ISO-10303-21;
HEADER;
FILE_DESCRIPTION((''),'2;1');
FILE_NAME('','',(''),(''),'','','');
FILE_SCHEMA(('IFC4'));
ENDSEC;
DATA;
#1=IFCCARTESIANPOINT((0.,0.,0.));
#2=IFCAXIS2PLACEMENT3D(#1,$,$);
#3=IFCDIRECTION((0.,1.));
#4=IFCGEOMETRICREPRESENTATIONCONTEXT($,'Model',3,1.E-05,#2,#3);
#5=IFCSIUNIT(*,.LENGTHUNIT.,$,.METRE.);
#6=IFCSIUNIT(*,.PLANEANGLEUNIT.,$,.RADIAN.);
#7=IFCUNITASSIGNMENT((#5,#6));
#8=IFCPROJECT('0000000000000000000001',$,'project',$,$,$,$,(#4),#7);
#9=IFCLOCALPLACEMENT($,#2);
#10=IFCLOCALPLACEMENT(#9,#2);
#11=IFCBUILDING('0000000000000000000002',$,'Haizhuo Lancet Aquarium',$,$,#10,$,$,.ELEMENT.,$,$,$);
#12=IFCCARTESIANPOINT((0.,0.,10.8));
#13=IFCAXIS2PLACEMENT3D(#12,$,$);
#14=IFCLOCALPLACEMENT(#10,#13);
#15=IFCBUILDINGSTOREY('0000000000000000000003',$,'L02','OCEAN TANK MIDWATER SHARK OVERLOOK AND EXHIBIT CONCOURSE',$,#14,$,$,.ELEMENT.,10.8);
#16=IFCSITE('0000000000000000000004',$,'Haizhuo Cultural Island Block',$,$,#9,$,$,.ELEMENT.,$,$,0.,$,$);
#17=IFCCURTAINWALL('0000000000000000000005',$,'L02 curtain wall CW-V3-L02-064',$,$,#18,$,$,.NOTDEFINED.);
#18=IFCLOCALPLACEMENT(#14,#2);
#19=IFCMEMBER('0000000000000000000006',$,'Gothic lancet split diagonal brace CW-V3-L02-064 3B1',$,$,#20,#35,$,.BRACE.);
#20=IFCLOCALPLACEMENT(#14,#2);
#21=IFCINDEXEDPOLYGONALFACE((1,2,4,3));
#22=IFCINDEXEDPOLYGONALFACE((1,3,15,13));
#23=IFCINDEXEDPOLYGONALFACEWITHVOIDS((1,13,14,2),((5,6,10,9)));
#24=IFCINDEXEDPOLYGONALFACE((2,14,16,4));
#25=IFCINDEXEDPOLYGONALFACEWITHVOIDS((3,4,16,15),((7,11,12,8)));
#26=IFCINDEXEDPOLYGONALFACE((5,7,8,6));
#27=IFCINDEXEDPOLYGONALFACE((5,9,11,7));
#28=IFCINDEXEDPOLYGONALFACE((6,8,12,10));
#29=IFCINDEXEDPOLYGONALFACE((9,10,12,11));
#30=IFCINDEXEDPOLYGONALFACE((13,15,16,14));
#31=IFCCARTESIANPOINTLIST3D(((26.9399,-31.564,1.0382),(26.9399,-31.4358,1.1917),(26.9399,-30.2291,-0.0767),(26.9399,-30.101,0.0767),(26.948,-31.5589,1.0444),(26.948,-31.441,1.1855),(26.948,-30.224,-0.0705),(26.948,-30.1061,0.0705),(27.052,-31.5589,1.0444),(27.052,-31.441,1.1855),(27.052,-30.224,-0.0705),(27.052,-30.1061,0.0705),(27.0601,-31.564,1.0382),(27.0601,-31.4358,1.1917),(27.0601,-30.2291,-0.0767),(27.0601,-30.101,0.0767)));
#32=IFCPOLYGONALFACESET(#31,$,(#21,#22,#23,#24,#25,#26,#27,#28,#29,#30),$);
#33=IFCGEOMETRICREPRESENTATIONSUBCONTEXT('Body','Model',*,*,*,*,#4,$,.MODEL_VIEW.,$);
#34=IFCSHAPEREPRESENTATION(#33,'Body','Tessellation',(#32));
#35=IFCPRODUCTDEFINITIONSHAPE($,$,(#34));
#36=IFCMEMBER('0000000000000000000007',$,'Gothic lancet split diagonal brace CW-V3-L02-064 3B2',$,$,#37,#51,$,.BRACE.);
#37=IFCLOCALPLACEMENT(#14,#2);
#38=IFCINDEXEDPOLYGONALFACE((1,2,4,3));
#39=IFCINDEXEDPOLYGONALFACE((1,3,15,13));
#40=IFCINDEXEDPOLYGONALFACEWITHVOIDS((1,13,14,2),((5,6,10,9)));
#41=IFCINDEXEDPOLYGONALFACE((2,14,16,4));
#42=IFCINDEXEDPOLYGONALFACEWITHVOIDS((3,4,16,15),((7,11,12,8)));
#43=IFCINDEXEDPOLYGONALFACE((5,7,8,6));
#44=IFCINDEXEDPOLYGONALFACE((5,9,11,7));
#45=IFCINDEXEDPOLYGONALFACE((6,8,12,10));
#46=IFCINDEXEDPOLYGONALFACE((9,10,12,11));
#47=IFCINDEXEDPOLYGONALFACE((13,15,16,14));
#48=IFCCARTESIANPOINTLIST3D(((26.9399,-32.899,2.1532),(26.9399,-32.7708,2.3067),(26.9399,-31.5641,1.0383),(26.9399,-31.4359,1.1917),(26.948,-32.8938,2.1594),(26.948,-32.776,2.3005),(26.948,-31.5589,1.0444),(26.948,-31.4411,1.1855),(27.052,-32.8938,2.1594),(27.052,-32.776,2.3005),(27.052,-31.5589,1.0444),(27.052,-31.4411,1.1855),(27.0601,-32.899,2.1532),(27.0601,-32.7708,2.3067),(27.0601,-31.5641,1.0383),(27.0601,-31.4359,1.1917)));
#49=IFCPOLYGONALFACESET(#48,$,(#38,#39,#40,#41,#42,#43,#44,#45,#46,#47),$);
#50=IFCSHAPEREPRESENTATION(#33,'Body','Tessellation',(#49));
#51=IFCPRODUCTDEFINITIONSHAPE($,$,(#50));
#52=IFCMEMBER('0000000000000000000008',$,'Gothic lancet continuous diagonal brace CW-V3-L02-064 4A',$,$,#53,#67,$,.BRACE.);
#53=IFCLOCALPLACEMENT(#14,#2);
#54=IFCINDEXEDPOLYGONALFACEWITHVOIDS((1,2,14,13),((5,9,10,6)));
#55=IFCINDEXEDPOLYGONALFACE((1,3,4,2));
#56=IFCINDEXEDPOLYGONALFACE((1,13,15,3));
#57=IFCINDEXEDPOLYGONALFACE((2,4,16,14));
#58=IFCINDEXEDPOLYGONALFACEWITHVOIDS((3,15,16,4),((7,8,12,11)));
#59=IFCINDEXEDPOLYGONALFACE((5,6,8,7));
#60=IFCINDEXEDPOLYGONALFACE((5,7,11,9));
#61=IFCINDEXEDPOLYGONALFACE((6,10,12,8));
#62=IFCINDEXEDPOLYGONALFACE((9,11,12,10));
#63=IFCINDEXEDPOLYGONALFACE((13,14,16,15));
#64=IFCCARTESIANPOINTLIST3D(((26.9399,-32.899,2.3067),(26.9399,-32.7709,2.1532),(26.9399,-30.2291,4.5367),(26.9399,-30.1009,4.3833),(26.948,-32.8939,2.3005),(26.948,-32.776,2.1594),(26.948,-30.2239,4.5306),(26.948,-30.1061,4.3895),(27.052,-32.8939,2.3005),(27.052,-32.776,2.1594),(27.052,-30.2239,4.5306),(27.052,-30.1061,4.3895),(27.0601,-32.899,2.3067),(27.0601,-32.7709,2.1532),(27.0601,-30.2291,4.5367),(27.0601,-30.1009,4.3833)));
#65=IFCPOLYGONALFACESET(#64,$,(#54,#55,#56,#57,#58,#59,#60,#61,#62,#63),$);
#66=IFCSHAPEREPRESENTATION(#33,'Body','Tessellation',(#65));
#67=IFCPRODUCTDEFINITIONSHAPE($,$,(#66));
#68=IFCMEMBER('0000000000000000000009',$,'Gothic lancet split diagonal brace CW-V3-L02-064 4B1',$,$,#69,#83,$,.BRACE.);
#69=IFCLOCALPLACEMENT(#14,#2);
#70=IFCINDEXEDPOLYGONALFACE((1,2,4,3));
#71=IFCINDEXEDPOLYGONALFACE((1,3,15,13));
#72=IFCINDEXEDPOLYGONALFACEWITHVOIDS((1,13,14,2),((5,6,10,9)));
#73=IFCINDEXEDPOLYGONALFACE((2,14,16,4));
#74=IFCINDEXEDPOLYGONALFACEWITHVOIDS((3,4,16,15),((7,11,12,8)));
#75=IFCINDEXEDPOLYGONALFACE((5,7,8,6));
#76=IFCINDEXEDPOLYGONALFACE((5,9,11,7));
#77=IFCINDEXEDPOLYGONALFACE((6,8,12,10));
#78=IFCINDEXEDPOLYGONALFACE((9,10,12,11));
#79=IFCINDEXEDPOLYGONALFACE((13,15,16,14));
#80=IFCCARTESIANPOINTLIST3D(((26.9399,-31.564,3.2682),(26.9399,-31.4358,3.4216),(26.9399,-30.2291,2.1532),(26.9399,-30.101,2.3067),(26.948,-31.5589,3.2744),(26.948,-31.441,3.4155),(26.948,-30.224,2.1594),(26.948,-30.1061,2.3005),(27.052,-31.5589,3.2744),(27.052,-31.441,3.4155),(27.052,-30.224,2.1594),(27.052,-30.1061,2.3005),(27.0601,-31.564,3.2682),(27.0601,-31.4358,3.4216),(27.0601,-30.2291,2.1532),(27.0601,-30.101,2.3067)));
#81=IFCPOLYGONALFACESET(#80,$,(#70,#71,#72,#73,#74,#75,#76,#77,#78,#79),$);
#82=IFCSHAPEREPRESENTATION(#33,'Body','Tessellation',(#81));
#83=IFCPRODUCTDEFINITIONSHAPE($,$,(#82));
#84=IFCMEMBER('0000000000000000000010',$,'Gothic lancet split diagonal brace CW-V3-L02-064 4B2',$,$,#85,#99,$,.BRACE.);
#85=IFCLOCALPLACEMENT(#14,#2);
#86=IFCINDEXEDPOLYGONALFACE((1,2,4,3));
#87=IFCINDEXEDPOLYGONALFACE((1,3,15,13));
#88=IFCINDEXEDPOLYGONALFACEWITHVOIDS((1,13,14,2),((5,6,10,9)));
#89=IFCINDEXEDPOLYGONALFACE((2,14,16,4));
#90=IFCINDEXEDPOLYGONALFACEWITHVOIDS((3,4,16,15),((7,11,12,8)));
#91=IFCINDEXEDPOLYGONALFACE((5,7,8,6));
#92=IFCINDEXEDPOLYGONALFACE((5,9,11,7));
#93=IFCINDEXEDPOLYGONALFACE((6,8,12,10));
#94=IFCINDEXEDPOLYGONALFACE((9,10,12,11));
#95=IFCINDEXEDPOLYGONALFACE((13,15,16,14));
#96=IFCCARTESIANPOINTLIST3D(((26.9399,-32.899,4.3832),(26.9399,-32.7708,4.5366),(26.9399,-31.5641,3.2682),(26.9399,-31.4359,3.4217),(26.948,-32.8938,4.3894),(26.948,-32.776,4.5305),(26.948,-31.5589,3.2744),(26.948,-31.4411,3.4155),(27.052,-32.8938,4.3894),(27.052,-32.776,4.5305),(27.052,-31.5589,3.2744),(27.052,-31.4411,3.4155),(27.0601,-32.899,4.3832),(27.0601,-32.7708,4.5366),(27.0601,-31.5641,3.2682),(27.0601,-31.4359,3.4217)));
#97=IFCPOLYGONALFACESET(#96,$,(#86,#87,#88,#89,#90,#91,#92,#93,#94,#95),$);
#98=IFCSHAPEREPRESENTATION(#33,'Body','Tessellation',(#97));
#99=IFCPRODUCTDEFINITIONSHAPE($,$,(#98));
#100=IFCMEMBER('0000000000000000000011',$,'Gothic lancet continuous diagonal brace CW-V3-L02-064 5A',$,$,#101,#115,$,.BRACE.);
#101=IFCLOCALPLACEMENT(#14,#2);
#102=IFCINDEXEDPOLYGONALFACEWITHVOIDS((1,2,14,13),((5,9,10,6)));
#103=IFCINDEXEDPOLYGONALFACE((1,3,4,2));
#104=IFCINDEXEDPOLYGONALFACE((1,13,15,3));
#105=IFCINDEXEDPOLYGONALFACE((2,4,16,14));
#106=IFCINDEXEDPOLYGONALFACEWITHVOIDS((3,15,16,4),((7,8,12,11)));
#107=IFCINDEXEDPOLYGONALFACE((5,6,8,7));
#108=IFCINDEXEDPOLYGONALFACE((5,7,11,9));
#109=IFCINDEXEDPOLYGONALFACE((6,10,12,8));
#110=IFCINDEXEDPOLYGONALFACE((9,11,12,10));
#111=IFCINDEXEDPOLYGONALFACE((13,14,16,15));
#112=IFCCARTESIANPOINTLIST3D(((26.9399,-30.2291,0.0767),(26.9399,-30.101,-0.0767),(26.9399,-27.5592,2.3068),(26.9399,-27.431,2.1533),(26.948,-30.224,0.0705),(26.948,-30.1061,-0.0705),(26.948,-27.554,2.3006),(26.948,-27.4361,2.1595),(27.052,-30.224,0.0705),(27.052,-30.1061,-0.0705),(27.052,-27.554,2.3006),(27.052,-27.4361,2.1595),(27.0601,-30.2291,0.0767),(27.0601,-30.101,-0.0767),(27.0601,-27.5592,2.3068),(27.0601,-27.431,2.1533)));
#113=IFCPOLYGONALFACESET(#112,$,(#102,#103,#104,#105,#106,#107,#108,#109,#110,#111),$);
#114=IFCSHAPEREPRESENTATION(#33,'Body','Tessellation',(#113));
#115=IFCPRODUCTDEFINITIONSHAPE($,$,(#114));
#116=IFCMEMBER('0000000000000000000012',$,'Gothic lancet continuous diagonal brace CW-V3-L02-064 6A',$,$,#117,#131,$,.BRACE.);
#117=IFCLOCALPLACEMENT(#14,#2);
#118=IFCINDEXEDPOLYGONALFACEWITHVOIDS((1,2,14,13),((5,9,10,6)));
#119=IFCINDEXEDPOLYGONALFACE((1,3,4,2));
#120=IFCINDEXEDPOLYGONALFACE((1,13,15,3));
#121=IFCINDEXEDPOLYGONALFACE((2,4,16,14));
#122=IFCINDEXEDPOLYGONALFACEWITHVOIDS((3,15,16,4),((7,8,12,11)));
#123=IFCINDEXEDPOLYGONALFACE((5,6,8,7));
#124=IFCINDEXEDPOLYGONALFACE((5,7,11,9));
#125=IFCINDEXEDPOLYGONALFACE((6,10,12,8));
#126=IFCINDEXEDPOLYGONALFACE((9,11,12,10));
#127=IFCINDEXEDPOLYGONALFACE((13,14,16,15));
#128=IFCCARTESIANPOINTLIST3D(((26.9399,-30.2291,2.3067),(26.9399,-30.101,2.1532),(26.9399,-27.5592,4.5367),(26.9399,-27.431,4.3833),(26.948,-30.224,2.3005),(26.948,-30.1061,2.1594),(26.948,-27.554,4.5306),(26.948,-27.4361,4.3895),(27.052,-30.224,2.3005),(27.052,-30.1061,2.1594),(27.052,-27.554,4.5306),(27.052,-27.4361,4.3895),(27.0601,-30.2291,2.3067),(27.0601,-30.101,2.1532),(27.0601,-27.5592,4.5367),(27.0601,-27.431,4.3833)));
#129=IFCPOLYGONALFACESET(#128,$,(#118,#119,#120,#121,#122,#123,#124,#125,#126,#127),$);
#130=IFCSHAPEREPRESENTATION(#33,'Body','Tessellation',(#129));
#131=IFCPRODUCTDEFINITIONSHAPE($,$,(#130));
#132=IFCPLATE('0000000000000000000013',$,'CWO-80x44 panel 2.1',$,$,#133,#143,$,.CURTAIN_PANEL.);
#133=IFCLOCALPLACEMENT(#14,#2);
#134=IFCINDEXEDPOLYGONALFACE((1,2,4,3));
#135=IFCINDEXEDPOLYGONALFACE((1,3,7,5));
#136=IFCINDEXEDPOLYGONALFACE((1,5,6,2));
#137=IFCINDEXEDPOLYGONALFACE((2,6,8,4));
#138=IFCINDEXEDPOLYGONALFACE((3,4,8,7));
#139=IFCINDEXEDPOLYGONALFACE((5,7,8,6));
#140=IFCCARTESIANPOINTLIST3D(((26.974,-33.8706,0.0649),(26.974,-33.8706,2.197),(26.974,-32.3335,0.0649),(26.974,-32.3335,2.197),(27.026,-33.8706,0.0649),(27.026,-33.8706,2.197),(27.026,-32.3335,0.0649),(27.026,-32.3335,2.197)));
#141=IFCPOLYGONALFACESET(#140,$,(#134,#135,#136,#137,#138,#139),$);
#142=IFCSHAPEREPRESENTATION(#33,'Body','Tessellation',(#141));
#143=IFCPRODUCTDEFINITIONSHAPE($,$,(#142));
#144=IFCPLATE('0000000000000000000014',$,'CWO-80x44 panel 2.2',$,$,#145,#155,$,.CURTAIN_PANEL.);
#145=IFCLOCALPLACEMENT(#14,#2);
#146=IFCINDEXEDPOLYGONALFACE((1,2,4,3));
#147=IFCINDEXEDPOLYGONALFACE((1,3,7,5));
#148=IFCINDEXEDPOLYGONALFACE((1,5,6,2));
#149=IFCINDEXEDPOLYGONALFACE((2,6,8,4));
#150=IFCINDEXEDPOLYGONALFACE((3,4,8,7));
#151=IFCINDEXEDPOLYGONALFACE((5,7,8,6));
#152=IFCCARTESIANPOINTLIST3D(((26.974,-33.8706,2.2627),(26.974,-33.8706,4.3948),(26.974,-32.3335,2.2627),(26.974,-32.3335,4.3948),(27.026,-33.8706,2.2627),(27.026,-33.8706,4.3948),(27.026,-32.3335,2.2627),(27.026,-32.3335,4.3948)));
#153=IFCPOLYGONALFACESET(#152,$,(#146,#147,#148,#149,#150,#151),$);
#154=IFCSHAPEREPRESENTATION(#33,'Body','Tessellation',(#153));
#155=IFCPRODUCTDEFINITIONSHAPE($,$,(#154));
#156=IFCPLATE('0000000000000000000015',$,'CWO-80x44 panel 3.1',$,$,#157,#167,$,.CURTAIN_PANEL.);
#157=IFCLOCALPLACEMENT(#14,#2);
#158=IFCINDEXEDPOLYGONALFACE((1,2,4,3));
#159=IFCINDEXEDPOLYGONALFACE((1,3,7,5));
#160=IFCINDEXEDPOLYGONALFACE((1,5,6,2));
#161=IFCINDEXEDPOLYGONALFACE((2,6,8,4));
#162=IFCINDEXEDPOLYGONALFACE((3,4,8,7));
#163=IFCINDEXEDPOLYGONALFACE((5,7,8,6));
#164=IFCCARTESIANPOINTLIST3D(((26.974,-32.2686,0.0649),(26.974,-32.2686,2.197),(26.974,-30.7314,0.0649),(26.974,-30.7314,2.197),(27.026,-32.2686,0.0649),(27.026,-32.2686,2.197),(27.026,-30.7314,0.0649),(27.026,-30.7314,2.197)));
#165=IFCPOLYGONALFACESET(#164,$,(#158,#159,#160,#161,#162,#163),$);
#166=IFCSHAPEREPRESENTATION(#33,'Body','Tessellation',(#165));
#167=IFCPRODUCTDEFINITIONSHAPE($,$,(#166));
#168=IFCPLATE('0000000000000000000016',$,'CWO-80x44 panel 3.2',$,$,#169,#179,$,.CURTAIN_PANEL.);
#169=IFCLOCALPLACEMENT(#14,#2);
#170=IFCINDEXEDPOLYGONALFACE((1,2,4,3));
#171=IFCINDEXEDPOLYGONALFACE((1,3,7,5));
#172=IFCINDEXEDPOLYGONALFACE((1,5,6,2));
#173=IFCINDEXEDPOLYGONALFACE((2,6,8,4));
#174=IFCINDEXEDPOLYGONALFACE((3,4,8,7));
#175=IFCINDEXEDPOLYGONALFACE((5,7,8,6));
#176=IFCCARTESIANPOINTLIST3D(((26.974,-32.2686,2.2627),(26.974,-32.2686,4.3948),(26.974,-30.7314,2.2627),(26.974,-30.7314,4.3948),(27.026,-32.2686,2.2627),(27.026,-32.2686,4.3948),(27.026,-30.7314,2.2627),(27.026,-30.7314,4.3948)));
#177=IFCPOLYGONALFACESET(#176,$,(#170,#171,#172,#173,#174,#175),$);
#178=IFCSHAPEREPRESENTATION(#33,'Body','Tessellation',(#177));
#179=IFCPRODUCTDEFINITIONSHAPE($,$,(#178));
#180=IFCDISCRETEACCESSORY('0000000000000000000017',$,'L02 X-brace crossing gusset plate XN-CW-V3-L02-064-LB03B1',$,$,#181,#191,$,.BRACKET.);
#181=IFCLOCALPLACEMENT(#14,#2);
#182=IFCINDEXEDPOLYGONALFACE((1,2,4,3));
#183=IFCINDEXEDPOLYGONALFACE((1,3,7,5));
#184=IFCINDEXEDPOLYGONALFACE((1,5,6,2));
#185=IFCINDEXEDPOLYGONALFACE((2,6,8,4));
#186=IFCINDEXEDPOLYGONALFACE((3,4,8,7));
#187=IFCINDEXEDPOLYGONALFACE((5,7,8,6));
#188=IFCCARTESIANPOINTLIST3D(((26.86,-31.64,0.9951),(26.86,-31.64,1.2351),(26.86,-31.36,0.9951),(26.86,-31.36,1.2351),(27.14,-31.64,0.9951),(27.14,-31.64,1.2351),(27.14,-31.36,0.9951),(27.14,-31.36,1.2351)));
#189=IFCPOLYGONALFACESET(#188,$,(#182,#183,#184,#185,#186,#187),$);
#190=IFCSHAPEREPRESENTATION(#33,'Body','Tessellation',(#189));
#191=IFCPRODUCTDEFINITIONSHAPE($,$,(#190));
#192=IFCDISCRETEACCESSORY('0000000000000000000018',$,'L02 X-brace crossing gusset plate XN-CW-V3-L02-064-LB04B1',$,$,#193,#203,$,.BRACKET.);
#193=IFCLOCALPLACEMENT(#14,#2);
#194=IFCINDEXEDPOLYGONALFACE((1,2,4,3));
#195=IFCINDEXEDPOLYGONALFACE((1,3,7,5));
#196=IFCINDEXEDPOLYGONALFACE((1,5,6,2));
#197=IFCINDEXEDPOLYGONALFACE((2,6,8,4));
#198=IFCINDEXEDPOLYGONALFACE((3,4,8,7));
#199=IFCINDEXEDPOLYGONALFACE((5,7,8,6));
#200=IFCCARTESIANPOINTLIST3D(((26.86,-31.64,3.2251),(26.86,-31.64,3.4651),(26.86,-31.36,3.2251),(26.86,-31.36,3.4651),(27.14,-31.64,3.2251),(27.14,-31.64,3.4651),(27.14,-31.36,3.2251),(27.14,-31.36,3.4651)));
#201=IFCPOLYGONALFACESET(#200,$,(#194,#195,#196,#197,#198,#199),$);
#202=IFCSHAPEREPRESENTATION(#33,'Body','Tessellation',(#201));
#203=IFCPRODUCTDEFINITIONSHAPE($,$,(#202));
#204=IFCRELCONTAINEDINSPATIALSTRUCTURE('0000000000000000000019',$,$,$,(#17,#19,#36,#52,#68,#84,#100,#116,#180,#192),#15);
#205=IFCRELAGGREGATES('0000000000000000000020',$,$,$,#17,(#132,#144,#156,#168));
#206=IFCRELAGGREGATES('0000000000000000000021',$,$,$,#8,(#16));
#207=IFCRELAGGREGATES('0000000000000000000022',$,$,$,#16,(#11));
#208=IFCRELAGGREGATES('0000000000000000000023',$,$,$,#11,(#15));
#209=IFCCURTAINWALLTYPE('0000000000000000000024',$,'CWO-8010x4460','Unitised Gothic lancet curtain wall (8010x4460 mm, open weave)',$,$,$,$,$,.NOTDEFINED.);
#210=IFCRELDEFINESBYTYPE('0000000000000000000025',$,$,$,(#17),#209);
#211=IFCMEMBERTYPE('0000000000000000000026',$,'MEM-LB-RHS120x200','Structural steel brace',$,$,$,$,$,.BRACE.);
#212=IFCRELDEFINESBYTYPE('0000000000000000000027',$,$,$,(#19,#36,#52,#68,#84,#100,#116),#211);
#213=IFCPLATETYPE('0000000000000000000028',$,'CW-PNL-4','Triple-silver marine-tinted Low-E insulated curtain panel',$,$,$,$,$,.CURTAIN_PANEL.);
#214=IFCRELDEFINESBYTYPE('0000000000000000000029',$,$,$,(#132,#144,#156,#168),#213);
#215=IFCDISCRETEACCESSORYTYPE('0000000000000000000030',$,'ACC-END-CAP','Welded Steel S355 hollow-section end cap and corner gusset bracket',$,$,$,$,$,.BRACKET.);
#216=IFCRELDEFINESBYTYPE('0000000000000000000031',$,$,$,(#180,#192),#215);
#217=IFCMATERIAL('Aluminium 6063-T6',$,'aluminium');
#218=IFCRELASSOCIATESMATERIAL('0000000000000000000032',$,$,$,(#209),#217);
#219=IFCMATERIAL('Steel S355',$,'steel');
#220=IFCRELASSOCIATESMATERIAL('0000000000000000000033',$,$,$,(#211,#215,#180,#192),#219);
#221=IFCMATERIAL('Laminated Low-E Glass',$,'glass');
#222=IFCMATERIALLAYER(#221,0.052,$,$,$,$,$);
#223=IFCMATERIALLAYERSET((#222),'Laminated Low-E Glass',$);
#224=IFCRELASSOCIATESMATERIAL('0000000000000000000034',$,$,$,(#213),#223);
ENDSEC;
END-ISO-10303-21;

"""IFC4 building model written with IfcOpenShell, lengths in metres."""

from ifc_helpers import new_model, si_unit, direction, frame, origin, origin_2d, place, context, subcontext, project, spatial, rectangle, hollow_rectangle, extrude, material, layer, layer_set, material_profile, profile_set, type_object, element, aggregate, save


model = new_model("IFC4")

# Units and contexts
model_context = context("Model", 3, precision=1e-05, world=origin(), true_north=direction((0.0, 1.0)))
body_context = subcontext(model_context, "Body", "Model", "MODEL_VIEW")
ifc_project = project(units=[si_unit("LENGTHUNIT", "METRE"), si_unit("PLANEANGLEUNIT", "RADIAN")], contexts=[model_context])

# Site, building, storey
site_placement = place(None, origin())
site = spatial("IfcSite", under=ifc_project, at=site_placement, Name="Haizhuo Cultural Island Block", CompositionType="ELEMENT", RefElevation=0.0)
building_placement = place(site_placement, origin())
building = spatial("IfcBuilding", under=site, at=building_placement, Name="Haizhuo Lancet Aquarium", CompositionType="ELEMENT")
storey_placement = place(building_placement, frame((0.0, 0.0, 10.8)))
storey = spatial("IfcBuildingStorey", under=building, at=storey_placement, Name="L02", Description="OCEAN TANK MIDWATER SHARK OVERLOOK AND EXHIBIT CONCOURSE", CompositionType="ELEMENT", Elevation=10.8)

# Curtain wall
ifc_material_1 = material(Name="Aluminium 6063-T6", Category="aluminium")
curtain_wall_type = type_object("IfcCurtainWallType", Name="CWO-8010x4460", Description="Unitised Gothic lancet curtain wall (8010x4460 mm, open weave)", PredefinedType="NOTDEFINED", material=ifc_material_1)
curtain_wall_placement = place(storey_placement, origin())
curtain_wall = element("IfcCurtainWall", 1, at=curtain_wall_placement, inside=storey, type_object=curtain_wall_type, Name="L02 curtain wall CW-V3-L02-064", PredefinedType="NOTDEFINED")

# Members
ifc_material_2 = material(Name="Steel S355", Category="steel")
ifc_material_profile_1 = material_profile(ifc_material_2, hollow_rectangle(XDim=0.1201, YDim=0.2, WallThickness=0.0081, at=origin_2d()), Name="RHS 120x200x8")
ifc_profile_set_1 = profile_set([ifc_material_profile_1], Name="Steel S355")
member_type_1 = type_object("IfcMemberType", Name="MEM-LB-RHS120x200", Description="Structural steel brace", PredefinedType="BRACE", material=ifc_profile_set_1)
for number, where, z_axis, x_axis, name in (
    (2, (27.0, -30.165, 0.0), (0.0, -0.767507, 0.64104), (1.0, 0.0, 0.0), "Gothic lancet split diagonal brace CW-V3-L02-064 3B1"),
    (3, (27.0, -31.5, 1.115), (0.0, -0.767507, 0.64104), (1.0, 0.0, 0.0), "Gothic lancet split diagonal brace CW-V3-L02-064 3B2"),
):
    element("IfcMember", number, at=place(storey_placement, frame(where, z_axis=z_axis, x_axis=x_axis)), inside=storey, type_object=member_type_1, Name=name, PredefinedType="BRACE", context=body_context, shape_type="SweptSolid", body=[
        extrude(hollow_rectangle(XDim=0.1201, YDim=0.2, WallThickness=0.0081, at=origin_2d()), origin(), (0.0, 0.0, 1.0), 1.7393),
    ])
member_1_placement = place(storey_placement, frame((27.0, -32.835, 2.23), z_axis=(0.0, 0.767507, 0.64104), x_axis=(-1.0, 0.0, 0.0)))
element("IfcMember", 4, at=member_1_placement, inside=storey, type_object=member_type_1, Name="Gothic lancet continuous diagonal brace CW-V3-L02-064 4A", PredefinedType="BRACE", context=body_context, shape_type="SweptSolid", body=[
    extrude(hollow_rectangle(XDim=0.1201, YDim=0.2, WallThickness=0.0081, at=origin_2d()), origin(), (0.0, 0.0, 1.0), 3.4788),
])
for number, where, z_axis, x_axis, name in (
    (5, (27.0, -30.165, 2.23), (0.0, -0.767507, 0.64104), (1.0, 0.0, 0.0), "Gothic lancet split diagonal brace CW-V3-L02-064 4B1"),
    (6, (27.0, -31.5, 3.345), (0.0, -0.767507, 0.64104), (1.0, 0.0, 0.0), "Gothic lancet split diagonal brace CW-V3-L02-064 4B2"),
):
    element("IfcMember", number, at=place(storey_placement, frame(where, z_axis=z_axis, x_axis=x_axis)), inside=storey, type_object=member_type_1, Name=name, PredefinedType="BRACE", context=body_context, shape_type="SweptSolid", body=[
        extrude(hollow_rectangle(XDim=0.1201, YDim=0.2, WallThickness=0.0081, at=origin_2d()), origin(), (0.0, 0.0, 1.0), 1.7393),
    ])
for number, where, z_axis, x_axis, name in (
    (7, (27.0, -30.165, 0.0), (0.0, 0.767507, 0.64104), (-1.0, 0.0, 0.0), "Gothic lancet continuous diagonal brace CW-V3-L02-064 5A"),
    (8, (27.0, -30.165, 2.23), (0.0, 0.767507, 0.64104), (-1.0, 0.0, 0.0), "Gothic lancet continuous diagonal brace CW-V3-L02-064 6A"),
):
    element("IfcMember", number, at=place(storey_placement, frame(where, z_axis=z_axis, x_axis=x_axis)), inside=storey, type_object=member_type_1, Name=name, PredefinedType="BRACE", context=body_context, shape_type="SweptSolid", body=[
        extrude(hollow_rectangle(XDim=0.1201, YDim=0.2, WallThickness=0.0081, at=origin_2d()), origin(), (0.0, 0.0, 1.0), 3.4788),
    ])

# Plates
ifc_material_3 = material(Name="Laminated Low-E Glass", Category="glass")
ifc_layer = layer(ifc_material_3, 0.052)
ifc_layer_set = layer_set([ifc_layer], Name="Laminated Low-E Glass")
plate_type = type_object("IfcPlateType", Name="CW-PNL-4", Description="Triple-silver marine-tinted Low-E insulated curtain panel", PredefinedType="CURTAIN_PANEL", material=ifc_layer_set)
plate_1_placement = place(storey_placement, frame((27.0, -33.1021, 0.0649), z_axis=(0.0, 0.0, 1.0), x_axis=(0.0, 1.0, 0.0)))
plate_1 = element("IfcPlate", 9, at=plate_1_placement, type_object=plate_type, Name="CWO-80x44 panel 2.1", PredefinedType="CURTAIN_PANEL", context=body_context, shape_type="SweptSolid", body=[
    extrude(rectangle(XDim=1.5371, YDim=0.052, at=origin_2d()), origin(), (0.0, 0.0, 1.0), 2.1321),
])
plate_2_placement = place(storey_placement, frame((27.0, -33.1021, 2.2627), z_axis=(0.0, 0.0, 1.0), x_axis=(0.0, 1.0, 0.0)))
plate_2 = element("IfcPlate", 10, at=plate_2_placement, type_object=plate_type, Name="CWO-80x44 panel 2.2", PredefinedType="CURTAIN_PANEL", context=body_context, shape_type="SweptSolid", body=[
    extrude(rectangle(XDim=1.5371, YDim=0.052, at=origin_2d()), origin(), (0.0, 0.0, 1.0), 2.1321),
])
plate_3_placement = place(storey_placement, frame((27.0, -31.5, 0.0649), z_axis=(0.0, 0.0, 1.0), x_axis=(0.0, 1.0, 0.0)))
plate_3 = element("IfcPlate", 11, at=plate_3_placement, type_object=plate_type, Name="CWO-80x44 panel 3.1", PredefinedType="CURTAIN_PANEL", context=body_context, shape_type="SweptSolid", body=[
    extrude(rectangle(XDim=1.5371, YDim=0.052, at=origin_2d()), origin(), (0.0, 0.0, 1.0), 2.1321),
])
plate_4_placement = place(storey_placement, frame((27.0, -31.5, 2.2627), z_axis=(0.0, 0.0, 1.0), x_axis=(0.0, 1.0, 0.0)))
plate_4 = element("IfcPlate", 12, at=plate_4_placement, type_object=plate_type, Name="CWO-80x44 panel 3.2", PredefinedType="CURTAIN_PANEL", context=body_context, shape_type="SweptSolid", body=[
    extrude(rectangle(XDim=1.5371, YDim=0.052, at=origin_2d()), origin(), (0.0, 0.0, 1.0), 2.1321),
])
aggregate(curtain_wall, [plate_1, plate_2, plate_3, plate_4])

# Discrete accessories
discrete_accessory_type = type_object("IfcDiscreteAccessoryType", Name="ACC-END-CAP", Description="Welded Steel S355 hollow-section end cap and corner gusset bracket", PredefinedType="BRACKET", material=ifc_material_2)
for number, where, z_axis, x_axis, name in (
    (13, (27.0, -31.5, 0.9951), (0.0, 0.0, 1.0), (1.0, 0.0, 0.0), "L02 X-brace crossing gusset plate XN-CW-V3-L02-064-LB03B1"),
    (14, (27.0, -31.5, 3.2251), (0.0, 0.0, 1.0), (1.0, 0.0, 0.0), "L02 X-brace crossing gusset plate XN-CW-V3-L02-064-LB04B1"),
):
    element("IfcDiscreteAccessory", number, at=place(storey_placement, frame(where, z_axis=z_axis, x_axis=x_axis)), inside=storey, type_object=discrete_accessory_type, material=ifc_material_2, Name=name, PredefinedType="BRACKET", context=body_context, shape_type="SweptSolid", body=[
        extrude(rectangle(XDim=0.28, YDim=0.28, at=origin_2d()), origin(), (0.0, 0.0, 1.0), 0.24),
    ])

save(model, "model.ifc")
